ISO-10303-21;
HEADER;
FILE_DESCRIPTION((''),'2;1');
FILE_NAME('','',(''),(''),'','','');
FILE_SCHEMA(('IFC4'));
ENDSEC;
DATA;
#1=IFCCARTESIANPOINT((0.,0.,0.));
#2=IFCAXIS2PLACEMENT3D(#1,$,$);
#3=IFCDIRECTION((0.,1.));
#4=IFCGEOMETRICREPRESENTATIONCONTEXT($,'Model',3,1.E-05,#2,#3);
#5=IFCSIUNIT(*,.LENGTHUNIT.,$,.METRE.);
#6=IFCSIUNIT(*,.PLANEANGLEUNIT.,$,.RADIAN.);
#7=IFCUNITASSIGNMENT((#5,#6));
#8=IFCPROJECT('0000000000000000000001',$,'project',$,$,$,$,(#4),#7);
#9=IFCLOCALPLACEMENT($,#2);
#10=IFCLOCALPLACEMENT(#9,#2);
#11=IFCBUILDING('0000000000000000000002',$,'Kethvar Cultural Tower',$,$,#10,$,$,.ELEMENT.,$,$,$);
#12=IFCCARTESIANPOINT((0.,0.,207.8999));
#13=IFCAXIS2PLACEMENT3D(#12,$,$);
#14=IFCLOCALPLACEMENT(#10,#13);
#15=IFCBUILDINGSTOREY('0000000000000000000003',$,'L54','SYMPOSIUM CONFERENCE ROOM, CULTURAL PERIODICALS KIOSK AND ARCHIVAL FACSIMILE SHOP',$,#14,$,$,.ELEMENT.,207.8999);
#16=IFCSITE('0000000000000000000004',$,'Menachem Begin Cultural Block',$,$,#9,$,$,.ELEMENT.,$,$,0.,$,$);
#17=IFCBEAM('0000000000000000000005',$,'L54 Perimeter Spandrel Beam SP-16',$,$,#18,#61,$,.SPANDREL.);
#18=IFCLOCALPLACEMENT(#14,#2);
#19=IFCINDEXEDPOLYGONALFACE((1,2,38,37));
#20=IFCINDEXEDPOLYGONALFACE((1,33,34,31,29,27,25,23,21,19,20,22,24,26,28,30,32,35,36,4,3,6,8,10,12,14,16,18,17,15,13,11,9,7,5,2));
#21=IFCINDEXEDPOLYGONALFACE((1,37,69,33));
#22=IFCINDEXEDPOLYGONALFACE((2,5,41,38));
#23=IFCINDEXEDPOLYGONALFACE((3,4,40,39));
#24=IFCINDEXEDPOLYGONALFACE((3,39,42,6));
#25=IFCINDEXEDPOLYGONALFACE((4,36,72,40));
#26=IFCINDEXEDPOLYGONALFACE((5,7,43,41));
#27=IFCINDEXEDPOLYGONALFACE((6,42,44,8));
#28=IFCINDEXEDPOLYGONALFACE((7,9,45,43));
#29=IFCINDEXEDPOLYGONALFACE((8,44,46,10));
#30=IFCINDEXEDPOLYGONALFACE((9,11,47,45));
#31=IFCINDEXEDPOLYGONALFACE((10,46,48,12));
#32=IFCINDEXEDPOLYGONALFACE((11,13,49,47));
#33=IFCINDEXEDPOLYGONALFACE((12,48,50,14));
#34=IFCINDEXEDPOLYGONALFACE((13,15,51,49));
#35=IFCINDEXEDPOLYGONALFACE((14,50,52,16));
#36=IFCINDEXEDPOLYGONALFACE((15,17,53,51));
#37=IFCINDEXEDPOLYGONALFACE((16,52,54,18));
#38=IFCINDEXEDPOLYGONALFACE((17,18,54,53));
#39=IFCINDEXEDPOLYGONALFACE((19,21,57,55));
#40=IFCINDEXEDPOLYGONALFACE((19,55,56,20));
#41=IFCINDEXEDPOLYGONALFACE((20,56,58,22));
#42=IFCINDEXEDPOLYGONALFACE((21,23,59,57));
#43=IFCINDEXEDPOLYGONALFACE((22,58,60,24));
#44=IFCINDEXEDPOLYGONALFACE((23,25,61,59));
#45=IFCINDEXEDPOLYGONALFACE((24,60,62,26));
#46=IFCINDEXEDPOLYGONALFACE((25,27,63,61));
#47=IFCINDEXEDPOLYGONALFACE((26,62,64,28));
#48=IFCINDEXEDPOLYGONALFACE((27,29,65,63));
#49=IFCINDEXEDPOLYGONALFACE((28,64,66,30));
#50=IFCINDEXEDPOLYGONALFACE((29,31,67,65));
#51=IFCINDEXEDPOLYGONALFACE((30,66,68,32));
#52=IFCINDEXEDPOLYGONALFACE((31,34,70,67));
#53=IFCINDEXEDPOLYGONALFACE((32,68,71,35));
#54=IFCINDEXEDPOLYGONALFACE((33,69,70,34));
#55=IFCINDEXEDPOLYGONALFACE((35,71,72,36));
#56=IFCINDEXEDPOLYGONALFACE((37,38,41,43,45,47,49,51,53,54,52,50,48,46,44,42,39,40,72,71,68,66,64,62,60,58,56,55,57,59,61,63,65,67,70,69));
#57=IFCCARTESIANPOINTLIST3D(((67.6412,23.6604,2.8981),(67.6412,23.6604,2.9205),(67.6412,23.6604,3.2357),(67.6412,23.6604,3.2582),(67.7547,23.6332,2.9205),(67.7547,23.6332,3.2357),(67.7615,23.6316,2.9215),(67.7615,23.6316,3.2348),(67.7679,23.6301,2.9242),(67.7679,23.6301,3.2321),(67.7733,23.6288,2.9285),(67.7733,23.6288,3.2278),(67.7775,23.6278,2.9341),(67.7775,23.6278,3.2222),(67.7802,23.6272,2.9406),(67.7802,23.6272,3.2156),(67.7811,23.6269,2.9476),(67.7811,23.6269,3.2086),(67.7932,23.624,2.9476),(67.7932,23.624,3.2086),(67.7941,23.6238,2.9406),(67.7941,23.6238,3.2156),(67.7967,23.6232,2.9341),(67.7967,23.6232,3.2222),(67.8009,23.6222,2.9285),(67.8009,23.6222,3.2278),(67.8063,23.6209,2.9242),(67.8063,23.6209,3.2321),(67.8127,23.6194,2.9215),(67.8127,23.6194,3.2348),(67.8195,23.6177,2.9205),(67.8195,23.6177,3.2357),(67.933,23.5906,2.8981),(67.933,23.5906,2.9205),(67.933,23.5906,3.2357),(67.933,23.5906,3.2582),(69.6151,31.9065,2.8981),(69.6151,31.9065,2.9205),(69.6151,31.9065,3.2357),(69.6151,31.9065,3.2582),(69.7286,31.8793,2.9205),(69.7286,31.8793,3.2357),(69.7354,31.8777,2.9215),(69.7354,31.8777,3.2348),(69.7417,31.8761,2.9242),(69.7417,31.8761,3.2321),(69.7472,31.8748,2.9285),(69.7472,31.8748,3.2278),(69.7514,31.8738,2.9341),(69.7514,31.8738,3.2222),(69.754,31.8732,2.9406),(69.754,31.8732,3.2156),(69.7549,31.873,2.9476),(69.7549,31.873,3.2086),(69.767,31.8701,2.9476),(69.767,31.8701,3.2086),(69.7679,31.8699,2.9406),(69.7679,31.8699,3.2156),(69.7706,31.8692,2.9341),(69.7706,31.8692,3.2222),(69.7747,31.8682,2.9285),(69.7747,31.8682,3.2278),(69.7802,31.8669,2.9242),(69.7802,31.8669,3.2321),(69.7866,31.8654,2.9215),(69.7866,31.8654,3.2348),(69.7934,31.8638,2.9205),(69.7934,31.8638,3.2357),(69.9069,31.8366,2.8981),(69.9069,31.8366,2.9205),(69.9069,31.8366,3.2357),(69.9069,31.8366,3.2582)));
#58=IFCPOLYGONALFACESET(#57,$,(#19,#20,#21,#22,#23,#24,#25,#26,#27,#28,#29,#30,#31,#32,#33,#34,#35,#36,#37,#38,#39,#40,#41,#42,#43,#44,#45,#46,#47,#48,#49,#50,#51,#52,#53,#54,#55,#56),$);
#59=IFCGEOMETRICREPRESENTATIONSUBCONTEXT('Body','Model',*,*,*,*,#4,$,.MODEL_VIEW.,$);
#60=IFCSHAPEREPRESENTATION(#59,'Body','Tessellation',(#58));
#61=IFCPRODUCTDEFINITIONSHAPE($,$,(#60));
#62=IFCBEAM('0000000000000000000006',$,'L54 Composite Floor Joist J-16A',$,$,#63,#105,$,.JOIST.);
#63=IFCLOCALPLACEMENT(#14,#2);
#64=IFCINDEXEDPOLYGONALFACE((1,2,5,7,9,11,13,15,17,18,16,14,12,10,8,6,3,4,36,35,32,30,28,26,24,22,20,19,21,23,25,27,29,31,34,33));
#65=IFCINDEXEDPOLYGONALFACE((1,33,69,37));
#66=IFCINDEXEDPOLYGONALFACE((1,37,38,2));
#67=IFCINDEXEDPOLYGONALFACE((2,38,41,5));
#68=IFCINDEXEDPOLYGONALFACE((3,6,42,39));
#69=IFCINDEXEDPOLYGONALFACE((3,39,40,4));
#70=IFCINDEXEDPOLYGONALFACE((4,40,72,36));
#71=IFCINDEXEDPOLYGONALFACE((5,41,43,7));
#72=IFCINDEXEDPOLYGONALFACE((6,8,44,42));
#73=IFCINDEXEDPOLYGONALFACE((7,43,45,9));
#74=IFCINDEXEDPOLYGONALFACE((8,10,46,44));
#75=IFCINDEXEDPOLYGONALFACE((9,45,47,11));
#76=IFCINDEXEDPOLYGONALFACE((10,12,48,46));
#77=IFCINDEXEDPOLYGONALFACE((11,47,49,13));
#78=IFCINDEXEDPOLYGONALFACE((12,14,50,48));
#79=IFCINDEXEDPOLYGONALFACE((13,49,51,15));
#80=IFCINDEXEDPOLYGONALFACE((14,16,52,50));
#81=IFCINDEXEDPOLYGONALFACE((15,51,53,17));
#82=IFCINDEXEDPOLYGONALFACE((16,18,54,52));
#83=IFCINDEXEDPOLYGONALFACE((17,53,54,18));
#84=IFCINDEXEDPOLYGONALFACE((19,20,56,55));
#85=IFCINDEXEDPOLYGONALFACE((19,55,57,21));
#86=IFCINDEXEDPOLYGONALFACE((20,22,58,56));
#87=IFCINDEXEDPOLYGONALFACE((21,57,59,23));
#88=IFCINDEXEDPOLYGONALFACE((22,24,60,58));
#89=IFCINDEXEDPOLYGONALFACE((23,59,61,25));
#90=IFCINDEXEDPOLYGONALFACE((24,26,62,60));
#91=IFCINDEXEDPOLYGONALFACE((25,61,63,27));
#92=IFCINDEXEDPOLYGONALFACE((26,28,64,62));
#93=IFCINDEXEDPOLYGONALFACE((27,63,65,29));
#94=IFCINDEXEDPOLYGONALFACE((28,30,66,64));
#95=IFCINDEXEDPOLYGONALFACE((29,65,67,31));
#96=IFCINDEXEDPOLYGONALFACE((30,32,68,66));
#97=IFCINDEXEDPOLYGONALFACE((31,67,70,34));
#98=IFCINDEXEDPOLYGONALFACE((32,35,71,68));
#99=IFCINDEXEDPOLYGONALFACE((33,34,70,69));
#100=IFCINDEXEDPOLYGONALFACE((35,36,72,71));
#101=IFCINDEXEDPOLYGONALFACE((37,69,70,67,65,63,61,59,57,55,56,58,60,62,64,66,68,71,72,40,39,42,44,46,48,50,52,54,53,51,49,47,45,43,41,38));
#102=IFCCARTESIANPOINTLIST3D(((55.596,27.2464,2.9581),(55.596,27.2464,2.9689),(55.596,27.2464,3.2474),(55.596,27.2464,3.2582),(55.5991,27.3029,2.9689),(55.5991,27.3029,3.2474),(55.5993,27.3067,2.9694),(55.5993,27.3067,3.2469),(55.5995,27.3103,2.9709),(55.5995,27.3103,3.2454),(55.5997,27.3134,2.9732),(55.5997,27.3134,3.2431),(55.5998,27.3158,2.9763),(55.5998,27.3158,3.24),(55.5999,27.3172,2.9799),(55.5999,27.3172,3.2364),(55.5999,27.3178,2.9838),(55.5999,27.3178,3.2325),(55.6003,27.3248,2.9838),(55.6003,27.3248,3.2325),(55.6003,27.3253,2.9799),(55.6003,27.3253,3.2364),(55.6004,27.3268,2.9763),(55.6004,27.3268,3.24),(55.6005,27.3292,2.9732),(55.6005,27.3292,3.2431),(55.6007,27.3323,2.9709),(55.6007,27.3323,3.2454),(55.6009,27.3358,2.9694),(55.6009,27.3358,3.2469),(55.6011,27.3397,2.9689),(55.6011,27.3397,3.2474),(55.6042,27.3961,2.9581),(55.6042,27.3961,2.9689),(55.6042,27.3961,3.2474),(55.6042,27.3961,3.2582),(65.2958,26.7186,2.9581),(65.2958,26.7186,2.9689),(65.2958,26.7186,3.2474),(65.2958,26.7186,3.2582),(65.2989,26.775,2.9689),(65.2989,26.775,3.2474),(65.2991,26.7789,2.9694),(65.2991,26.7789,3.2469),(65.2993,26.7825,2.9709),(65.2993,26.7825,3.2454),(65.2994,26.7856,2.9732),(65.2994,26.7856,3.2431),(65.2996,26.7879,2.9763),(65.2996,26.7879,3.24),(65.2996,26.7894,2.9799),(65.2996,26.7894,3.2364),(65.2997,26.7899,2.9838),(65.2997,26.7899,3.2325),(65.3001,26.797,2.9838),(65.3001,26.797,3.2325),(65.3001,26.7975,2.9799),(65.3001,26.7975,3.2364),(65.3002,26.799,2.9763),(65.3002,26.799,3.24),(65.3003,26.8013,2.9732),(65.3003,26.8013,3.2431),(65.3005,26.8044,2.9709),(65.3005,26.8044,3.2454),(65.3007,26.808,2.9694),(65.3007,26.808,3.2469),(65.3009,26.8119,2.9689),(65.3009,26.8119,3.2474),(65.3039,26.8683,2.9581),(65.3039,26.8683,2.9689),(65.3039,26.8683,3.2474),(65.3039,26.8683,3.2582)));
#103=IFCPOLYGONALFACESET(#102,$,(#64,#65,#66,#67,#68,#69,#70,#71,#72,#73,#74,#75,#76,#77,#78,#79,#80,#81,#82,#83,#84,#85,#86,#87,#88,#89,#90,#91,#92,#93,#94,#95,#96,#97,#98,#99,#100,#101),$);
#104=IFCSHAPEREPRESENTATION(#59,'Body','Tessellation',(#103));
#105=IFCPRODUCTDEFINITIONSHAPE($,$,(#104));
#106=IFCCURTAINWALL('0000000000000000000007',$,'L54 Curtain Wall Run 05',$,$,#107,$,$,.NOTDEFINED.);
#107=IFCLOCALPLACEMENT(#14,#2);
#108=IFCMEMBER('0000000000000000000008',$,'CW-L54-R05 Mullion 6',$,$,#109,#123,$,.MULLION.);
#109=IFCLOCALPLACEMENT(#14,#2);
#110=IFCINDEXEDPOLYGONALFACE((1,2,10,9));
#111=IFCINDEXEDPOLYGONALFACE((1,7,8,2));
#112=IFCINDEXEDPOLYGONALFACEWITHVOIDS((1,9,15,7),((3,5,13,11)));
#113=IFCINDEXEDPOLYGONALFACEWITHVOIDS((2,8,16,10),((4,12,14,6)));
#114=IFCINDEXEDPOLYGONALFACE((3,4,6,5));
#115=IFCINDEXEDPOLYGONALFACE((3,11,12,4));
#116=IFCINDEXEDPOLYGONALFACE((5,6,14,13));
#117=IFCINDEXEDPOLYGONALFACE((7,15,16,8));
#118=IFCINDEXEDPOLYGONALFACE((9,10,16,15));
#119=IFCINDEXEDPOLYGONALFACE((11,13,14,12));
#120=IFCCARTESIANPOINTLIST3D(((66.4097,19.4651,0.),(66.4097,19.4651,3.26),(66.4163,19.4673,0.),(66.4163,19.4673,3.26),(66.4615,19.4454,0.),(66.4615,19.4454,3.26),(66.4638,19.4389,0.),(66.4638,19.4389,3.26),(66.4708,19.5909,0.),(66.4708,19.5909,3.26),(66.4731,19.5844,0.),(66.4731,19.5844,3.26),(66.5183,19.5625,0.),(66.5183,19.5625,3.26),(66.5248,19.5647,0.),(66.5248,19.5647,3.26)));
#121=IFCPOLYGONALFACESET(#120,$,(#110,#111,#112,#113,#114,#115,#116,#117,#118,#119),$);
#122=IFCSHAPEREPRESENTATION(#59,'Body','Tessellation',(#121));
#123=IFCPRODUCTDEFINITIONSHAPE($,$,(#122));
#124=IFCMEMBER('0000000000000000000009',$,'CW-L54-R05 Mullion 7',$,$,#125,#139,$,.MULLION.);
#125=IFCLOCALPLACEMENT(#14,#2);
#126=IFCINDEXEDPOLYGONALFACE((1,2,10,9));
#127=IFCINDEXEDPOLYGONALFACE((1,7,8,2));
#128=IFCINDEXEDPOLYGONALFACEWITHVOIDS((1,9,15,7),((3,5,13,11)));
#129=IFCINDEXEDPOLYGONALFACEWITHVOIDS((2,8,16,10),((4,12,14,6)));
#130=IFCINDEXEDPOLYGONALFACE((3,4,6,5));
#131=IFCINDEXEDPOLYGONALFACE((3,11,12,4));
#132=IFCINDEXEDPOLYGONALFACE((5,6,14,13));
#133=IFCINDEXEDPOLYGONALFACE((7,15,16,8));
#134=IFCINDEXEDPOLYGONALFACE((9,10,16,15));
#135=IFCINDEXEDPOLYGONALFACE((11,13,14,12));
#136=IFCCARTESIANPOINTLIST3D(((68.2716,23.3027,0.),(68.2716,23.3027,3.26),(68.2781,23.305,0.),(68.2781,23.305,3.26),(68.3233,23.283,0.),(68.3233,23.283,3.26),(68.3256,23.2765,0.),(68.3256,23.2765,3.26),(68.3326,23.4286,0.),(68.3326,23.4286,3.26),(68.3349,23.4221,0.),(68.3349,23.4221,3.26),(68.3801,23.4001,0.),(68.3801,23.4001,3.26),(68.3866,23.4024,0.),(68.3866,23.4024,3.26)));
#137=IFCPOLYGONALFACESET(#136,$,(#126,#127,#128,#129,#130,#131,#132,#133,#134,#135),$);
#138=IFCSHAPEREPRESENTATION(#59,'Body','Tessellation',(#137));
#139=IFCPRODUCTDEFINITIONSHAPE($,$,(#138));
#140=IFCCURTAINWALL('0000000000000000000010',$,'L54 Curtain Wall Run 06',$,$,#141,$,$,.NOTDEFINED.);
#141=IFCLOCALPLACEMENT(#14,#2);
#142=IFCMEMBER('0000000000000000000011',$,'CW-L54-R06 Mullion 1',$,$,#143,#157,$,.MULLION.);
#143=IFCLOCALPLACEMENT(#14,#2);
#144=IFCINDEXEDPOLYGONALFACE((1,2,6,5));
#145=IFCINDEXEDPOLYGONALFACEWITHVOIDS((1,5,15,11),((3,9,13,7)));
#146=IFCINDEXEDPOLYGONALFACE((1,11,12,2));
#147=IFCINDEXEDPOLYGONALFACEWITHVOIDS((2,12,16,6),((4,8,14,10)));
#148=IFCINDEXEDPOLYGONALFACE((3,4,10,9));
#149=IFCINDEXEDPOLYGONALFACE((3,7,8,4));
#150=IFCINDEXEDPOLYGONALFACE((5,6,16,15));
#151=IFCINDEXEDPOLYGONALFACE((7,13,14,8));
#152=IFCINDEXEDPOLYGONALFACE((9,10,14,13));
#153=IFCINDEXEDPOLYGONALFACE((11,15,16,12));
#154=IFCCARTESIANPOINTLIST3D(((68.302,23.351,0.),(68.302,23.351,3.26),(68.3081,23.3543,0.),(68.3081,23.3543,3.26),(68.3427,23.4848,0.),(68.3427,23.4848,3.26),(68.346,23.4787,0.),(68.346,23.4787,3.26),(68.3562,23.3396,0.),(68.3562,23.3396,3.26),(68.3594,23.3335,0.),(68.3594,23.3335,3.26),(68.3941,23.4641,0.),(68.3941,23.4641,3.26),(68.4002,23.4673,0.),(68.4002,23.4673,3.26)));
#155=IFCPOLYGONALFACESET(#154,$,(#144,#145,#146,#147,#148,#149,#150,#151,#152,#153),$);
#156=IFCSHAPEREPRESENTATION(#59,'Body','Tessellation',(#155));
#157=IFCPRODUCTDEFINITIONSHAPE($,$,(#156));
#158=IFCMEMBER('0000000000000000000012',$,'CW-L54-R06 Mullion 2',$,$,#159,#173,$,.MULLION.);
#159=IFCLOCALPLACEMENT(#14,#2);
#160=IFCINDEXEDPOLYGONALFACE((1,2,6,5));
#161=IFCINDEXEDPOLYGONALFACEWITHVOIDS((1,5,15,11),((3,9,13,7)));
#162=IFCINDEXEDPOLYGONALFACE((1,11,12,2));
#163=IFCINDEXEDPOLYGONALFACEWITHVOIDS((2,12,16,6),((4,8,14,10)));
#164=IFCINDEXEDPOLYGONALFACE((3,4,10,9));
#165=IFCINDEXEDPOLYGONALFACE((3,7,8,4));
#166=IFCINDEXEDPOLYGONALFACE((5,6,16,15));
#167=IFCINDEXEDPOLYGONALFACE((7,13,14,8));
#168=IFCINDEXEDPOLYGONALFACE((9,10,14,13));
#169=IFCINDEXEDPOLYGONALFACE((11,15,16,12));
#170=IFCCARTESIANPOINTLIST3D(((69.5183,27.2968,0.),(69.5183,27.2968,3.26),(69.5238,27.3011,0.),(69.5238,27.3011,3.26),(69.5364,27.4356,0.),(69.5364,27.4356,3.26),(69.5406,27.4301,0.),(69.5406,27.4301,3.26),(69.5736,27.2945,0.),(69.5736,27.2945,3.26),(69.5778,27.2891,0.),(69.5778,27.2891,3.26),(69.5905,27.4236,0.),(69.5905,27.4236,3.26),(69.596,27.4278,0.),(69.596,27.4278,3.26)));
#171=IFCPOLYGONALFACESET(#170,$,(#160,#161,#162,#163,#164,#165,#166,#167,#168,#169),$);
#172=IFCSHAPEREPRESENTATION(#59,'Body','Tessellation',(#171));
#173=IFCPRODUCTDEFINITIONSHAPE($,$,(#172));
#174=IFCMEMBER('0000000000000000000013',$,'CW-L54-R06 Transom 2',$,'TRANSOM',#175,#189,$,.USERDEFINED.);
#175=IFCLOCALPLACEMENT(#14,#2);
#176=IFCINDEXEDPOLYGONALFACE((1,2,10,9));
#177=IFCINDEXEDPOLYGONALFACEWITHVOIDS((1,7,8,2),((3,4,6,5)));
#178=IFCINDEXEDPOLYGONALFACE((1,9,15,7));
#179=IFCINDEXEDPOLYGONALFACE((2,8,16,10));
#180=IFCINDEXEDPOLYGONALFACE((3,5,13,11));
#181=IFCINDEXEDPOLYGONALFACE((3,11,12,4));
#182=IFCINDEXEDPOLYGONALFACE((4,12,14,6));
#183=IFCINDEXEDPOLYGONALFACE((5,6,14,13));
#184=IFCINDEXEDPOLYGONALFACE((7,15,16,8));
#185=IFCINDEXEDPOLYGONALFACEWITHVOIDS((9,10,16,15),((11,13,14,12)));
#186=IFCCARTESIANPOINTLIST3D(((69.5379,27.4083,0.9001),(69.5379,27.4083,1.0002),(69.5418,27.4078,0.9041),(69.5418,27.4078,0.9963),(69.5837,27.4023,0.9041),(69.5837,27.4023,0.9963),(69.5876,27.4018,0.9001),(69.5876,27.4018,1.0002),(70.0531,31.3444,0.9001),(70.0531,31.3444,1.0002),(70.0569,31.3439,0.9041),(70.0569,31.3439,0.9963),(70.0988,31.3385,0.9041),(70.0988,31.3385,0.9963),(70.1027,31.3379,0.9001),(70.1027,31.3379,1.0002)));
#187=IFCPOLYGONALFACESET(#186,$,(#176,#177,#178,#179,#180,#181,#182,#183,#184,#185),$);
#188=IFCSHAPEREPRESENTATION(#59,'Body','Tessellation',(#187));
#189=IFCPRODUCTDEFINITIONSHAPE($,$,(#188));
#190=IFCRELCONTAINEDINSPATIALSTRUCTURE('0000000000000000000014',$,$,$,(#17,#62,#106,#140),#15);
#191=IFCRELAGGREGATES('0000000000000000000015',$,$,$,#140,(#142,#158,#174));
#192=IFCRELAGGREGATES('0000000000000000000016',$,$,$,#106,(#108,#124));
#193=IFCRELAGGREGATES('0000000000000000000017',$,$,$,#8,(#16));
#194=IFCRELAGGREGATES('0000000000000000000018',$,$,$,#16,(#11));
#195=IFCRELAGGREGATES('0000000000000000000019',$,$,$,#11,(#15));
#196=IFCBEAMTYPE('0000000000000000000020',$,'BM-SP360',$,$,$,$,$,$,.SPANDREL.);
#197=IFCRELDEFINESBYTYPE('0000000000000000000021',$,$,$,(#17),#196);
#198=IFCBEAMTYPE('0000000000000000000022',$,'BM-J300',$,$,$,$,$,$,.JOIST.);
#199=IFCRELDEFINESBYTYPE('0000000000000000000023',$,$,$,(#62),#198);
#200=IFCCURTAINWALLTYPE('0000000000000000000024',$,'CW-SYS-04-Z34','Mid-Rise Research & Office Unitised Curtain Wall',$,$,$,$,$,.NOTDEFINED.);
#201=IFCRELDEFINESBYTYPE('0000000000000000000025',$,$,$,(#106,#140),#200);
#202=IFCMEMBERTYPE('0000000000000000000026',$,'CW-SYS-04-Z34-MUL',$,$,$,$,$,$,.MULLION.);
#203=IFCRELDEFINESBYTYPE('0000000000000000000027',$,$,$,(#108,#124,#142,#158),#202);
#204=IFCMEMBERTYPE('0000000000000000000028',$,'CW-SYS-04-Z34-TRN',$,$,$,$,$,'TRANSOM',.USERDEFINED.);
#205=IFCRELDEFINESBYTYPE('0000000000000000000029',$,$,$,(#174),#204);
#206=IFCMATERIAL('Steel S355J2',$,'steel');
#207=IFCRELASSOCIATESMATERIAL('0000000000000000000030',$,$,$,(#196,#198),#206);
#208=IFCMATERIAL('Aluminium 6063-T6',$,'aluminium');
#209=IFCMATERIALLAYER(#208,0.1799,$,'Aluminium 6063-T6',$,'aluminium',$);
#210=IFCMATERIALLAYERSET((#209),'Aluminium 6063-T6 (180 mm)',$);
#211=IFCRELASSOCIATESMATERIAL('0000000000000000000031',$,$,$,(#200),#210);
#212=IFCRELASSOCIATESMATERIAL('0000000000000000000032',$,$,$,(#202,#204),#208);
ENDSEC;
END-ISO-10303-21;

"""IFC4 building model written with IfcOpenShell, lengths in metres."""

from ifc_helpers import new_model, si_unit, direction, frame, origin, origin_2d, place, context, subcontext, project, spatial, hollow_rectangle, i_section, extrude, source, transform, mapped, material, layer, layer_set, material_profile, profile_set, type_object, element, aggregate, save


model = new_model("IFC4")

# Units and contexts
model_context = context("Model", 3, precision=1e-05, world=origin(), true_north=direction((0.0, 1.0)))
body_context = subcontext(model_context, "Body", "Model", "MODEL_VIEW")
ifc_project = project(units=[si_unit("LENGTHUNIT", "METRE"), si_unit("PLANEANGLEUNIT", "RADIAN")], contexts=[model_context])

# Site, building, storey
site_placement = place(None, origin())
site = spatial("IfcSite", under=ifc_project, at=site_placement, Name="Menachem Begin Cultural Block", CompositionType="ELEMENT", RefElevation=0.0)
building_placement = place(site_placement, origin())
building = spatial("IfcBuilding", under=site, at=building_placement, Name="Kethvar Cultural Tower", CompositionType="ELEMENT")
storey_placement = place(building_placement, frame((0.0, 0.0, 207.8999)))
storey = spatial("IfcBuildingStorey", under=building, at=storey_placement, Name="L54", Description="SYMPOSIUM CONFERENCE ROOM, CULTURAL PERIODICALS KIOSK AND ARCHIVAL FACSIMILE SHOP", CompositionType="ELEMENT", Elevation=207.8999)

# Beams
ifc_material_1 = material(Name="Steel S355J2", Category="steel")
ifc_material_profile_1 = material_profile(ifc_material_1, i_section(OverallWidth=0.3, OverallDepth=0.3601, WebThickness=0.0125, FlangeThickness=0.0225, FilletRadius=0.0271, at=origin_2d()), Name="Steel S355J2 — HEB360")
ifc_profile_set_1 = profile_set([ifc_material_profile_1], Name="Steel S355J2 — HEB360")
beam_type_1 = type_object("IfcBeamType", Name="BM-SP360", PredefinedType="SPANDREL", material=ifc_profile_set_1)
shared_shape_1 = source(origin(), body_context, "Body", "SweptSolid", [
    extrude(i_section(OverallWidth=0.3, OverallDepth=0.3601, WebThickness=0.0125, FlangeThickness=0.0225, FilletRadius=0.0271, at=origin_2d()), origin(), (0.0, 0.0, 1.0), 8.479),
])
beam_1_placement = place(storey_placement, frame((67.7871, 23.6255, 3.0781), z_axis=(0.232795, 0.972526, 0.0), x_axis=(-0.972526, 0.232795, 0.0)))
element("IfcBeam", 1, at=beam_1_placement, inside=storey, type_object=beam_type_1, Name="L54 Perimeter Spandrel Beam SP-16", PredefinedType="SPANDREL", context=body_context, shape_type="MappedRepresentation", body=[
    mapped(shared_shape_1, transform((0.0, 0.0, 0.0), scale=1.0)),
])
ifc_material_profile_2 = material_profile(ifc_material_1, i_section(OverallWidth=0.1499, OverallDepth=0.3, WebThickness=0.0071, FlangeThickness=0.0107, FilletRadius=0.0149, at=origin_2d()), Name="Steel S355J2 — IPE300")
ifc_profile_set_2 = profile_set([ifc_material_profile_2], Name="Steel S355J2 — IPE300")
beam_type_2 = type_object("IfcBeamType", Name="BM-J300", PredefinedType="JOIST", material=ifc_profile_set_2)
shared_shape_2 = source(origin(), body_context, "Body", "SweptSolid", [
    extrude(i_section(OverallWidth=0.1499, OverallDepth=0.3, WebThickness=0.0071, FlangeThickness=0.0107, FilletRadius=0.0149, at=origin_2d()), origin(), (0.0, 0.0, 1.0), 9.7141),
])
beam_2_placement = place(storey_placement, frame((55.6001, 27.3213, 3.1082), z_axis=(0.998523, -0.054337, 0.0), x_axis=(0.054337, 0.998523, 0.0)))
element("IfcBeam", 2, at=beam_2_placement, inside=storey, type_object=beam_type_2, Name="L54 Composite Floor Joist J-16A", PredefinedType="JOIST", context=body_context, shape_type="MappedRepresentation", body=[
    mapped(shared_shape_2, transform((0.0, 0.0, 0.0), scale=1.0)),
])

# Curtain walls, members
ifc_material_2 = material(Name="Aluminium 6063-T6", Category="aluminium")
ifc_layer_1 = layer(ifc_material_2, 0.1799, Name="Aluminium 6063-T6", Category="aluminium")
ifc_layer_set_1 = layer_set([ifc_layer_1], Name="Aluminium 6063-T6 (180 mm)")
curtain_wall_type = type_object("IfcCurtainWallType", Name="CW-SYS-04-Z34", Description="Mid-Rise Research & Office Unitised Curtain Wall", PredefinedType="NOTDEFINED", material=ifc_layer_set_1)
curtain_wall_1_placement = place(storey_placement, origin())
curtain_wall_1 = element("IfcCurtainWall", 3, at=curtain_wall_1_placement, inside=storey, type_object=curtain_wall_type, Name="L54 Curtain Wall Run 05", PredefinedType="NOTDEFINED")
ifc_material_profile_3 = material_profile(ifc_material_2, hollow_rectangle(XDim=0.0601, YDim=0.1399, WallThickness=0.0049, at=origin_2d()), Name="Aluminium 6063-T6 — RHS140x60x5")
ifc_profile_set_3 = profile_set([ifc_material_profile_3], Name="Aluminium 6063-T6 — RHS140x60x5")
member_type_1 = type_object("IfcMemberType", Name="CW-SYS-04-Z34-MUL", PredefinedType="MULLION", material=ifc_profile_set_3)
shared_shape_3 = source(origin(), body_context, "Body", "SweptSolid", [
    extrude(hollow_rectangle(XDim=0.0601, YDim=0.1399, WallThickness=0.0049, at=origin_2d()), origin(), (0.0, 0.0, 1.0), 3.26),
])
member_1_placement = place(storey_placement, frame((66.4673, 19.5149, 0.0), z_axis=(0.0, 0.0, 1.0), x_axis=(-0.899718, 0.436472, 0.0)))
member_1 = element("IfcMember", 4, at=member_1_placement, type_object=member_type_1, Name="CW-L54-R05 Mullion 6", PredefinedType="MULLION", context=body_context, shape_type="MappedRepresentation", body=[
    mapped(shared_shape_3, transform((0.0, 0.0, 0.0), scale=1.0)),
])
member_2_placement = place(storey_placement, frame((68.3291, 23.3525, 0.0), z_axis=(0.0, 0.0, 1.0), x_axis=(-0.899718, 0.436472, 0.0)))
member_2 = element("IfcMember", 5, at=member_2_placement, type_object=member_type_1, Name="CW-L54-R05 Mullion 7", PredefinedType="MULLION", context=body_context, shape_type="MappedRepresentation", body=[
    mapped(shared_shape_3, transform((0.0, 0.0, 0.0), scale=1.0)),
])
curtain_wall_2_placement = place(storey_placement, origin())
curtain_wall_2 = element("IfcCurtainWall", 6, at=curtain_wall_2_placement, inside=storey, type_object=curtain_wall_type, Name="L54 Curtain Wall Run 06", PredefinedType="NOTDEFINED")
member_3_placement = place(storey_placement, frame((68.3511, 23.4092, 0.0), z_axis=(0.0, 0.0, 1.0), x_axis=(-0.956585, 0.291454, 0.0)))
member_3 = element("IfcMember", 7, at=member_3_placement, type_object=member_type_1, Name="CW-L54-R06 Mullion 1", PredefinedType="MULLION", context=body_context, shape_type="MappedRepresentation", body=[
    mapped(shared_shape_3, transform((0.0, 0.0, 0.0), scale=1.0)),
])
member_4_placement = place(storey_placement, frame((69.5571, 27.3623, 0.0), z_axis=(0.0, 0.0, 1.0), x_axis=(-0.991547, 0.129747, 0.0)))
member_4 = element("IfcMember", 8, at=member_4_placement, type_object=member_type_1, Name="CW-L54-R06 Mullion 2", PredefinedType="MULLION", context=body_context, shape_type="MappedRepresentation", body=[
    mapped(shared_shape_3, transform((0.0, 0.0, 0.0), scale=1.0)),
])
ifc_material_profile_4 = material_profile(ifc_material_2, hollow_rectangle(XDim=0.05, YDim=0.1001, WallThickness=0.0039, at=origin_2d()), Name="Aluminium 6063-T6 — RHS100x50x4")
ifc_profile_set_4 = profile_set([ifc_material_profile_4], Name="Aluminium 6063-T6 — RHS100x50x4")
member_type_2 = type_object("IfcMemberType", Name="CW-SYS-04-Z34-TRN", ElementType="TRANSOM", PredefinedType="USERDEFINED", material=ifc_profile_set_4)
shared_shape_4 = source(origin(), body_context, "Body", "SweptSolid", [
    extrude(hollow_rectangle(XDim=0.05, YDim=0.1001, WallThickness=0.0039, at=origin_2d()), origin(), (0.0, 0.0, 1.0), 3.9697),
])
member_5_placement = place(storey_placement, frame((69.5627, 27.405, 0.9502), z_axis=(0.129762, 0.991545, 0.0), x_axis=(-0.991545, 0.129762, 0.0)))
member_5 = element("IfcMember", 9, at=member_5_placement, type_object=member_type_2, Name="CW-L54-R06 Transom 2", ObjectType="TRANSOM", PredefinedType="USERDEFINED", context=body_context, shape_type="MappedRepresentation", body=[
    mapped(shared_shape_4, transform((0.0, 0.0, 0.0), scale=1.0)),
])

aggregate(curtain_wall_2, [member_3, member_4, member_5])
aggregate(curtain_wall_1, [member_1, member_2])

save(model, "model.ifc")
